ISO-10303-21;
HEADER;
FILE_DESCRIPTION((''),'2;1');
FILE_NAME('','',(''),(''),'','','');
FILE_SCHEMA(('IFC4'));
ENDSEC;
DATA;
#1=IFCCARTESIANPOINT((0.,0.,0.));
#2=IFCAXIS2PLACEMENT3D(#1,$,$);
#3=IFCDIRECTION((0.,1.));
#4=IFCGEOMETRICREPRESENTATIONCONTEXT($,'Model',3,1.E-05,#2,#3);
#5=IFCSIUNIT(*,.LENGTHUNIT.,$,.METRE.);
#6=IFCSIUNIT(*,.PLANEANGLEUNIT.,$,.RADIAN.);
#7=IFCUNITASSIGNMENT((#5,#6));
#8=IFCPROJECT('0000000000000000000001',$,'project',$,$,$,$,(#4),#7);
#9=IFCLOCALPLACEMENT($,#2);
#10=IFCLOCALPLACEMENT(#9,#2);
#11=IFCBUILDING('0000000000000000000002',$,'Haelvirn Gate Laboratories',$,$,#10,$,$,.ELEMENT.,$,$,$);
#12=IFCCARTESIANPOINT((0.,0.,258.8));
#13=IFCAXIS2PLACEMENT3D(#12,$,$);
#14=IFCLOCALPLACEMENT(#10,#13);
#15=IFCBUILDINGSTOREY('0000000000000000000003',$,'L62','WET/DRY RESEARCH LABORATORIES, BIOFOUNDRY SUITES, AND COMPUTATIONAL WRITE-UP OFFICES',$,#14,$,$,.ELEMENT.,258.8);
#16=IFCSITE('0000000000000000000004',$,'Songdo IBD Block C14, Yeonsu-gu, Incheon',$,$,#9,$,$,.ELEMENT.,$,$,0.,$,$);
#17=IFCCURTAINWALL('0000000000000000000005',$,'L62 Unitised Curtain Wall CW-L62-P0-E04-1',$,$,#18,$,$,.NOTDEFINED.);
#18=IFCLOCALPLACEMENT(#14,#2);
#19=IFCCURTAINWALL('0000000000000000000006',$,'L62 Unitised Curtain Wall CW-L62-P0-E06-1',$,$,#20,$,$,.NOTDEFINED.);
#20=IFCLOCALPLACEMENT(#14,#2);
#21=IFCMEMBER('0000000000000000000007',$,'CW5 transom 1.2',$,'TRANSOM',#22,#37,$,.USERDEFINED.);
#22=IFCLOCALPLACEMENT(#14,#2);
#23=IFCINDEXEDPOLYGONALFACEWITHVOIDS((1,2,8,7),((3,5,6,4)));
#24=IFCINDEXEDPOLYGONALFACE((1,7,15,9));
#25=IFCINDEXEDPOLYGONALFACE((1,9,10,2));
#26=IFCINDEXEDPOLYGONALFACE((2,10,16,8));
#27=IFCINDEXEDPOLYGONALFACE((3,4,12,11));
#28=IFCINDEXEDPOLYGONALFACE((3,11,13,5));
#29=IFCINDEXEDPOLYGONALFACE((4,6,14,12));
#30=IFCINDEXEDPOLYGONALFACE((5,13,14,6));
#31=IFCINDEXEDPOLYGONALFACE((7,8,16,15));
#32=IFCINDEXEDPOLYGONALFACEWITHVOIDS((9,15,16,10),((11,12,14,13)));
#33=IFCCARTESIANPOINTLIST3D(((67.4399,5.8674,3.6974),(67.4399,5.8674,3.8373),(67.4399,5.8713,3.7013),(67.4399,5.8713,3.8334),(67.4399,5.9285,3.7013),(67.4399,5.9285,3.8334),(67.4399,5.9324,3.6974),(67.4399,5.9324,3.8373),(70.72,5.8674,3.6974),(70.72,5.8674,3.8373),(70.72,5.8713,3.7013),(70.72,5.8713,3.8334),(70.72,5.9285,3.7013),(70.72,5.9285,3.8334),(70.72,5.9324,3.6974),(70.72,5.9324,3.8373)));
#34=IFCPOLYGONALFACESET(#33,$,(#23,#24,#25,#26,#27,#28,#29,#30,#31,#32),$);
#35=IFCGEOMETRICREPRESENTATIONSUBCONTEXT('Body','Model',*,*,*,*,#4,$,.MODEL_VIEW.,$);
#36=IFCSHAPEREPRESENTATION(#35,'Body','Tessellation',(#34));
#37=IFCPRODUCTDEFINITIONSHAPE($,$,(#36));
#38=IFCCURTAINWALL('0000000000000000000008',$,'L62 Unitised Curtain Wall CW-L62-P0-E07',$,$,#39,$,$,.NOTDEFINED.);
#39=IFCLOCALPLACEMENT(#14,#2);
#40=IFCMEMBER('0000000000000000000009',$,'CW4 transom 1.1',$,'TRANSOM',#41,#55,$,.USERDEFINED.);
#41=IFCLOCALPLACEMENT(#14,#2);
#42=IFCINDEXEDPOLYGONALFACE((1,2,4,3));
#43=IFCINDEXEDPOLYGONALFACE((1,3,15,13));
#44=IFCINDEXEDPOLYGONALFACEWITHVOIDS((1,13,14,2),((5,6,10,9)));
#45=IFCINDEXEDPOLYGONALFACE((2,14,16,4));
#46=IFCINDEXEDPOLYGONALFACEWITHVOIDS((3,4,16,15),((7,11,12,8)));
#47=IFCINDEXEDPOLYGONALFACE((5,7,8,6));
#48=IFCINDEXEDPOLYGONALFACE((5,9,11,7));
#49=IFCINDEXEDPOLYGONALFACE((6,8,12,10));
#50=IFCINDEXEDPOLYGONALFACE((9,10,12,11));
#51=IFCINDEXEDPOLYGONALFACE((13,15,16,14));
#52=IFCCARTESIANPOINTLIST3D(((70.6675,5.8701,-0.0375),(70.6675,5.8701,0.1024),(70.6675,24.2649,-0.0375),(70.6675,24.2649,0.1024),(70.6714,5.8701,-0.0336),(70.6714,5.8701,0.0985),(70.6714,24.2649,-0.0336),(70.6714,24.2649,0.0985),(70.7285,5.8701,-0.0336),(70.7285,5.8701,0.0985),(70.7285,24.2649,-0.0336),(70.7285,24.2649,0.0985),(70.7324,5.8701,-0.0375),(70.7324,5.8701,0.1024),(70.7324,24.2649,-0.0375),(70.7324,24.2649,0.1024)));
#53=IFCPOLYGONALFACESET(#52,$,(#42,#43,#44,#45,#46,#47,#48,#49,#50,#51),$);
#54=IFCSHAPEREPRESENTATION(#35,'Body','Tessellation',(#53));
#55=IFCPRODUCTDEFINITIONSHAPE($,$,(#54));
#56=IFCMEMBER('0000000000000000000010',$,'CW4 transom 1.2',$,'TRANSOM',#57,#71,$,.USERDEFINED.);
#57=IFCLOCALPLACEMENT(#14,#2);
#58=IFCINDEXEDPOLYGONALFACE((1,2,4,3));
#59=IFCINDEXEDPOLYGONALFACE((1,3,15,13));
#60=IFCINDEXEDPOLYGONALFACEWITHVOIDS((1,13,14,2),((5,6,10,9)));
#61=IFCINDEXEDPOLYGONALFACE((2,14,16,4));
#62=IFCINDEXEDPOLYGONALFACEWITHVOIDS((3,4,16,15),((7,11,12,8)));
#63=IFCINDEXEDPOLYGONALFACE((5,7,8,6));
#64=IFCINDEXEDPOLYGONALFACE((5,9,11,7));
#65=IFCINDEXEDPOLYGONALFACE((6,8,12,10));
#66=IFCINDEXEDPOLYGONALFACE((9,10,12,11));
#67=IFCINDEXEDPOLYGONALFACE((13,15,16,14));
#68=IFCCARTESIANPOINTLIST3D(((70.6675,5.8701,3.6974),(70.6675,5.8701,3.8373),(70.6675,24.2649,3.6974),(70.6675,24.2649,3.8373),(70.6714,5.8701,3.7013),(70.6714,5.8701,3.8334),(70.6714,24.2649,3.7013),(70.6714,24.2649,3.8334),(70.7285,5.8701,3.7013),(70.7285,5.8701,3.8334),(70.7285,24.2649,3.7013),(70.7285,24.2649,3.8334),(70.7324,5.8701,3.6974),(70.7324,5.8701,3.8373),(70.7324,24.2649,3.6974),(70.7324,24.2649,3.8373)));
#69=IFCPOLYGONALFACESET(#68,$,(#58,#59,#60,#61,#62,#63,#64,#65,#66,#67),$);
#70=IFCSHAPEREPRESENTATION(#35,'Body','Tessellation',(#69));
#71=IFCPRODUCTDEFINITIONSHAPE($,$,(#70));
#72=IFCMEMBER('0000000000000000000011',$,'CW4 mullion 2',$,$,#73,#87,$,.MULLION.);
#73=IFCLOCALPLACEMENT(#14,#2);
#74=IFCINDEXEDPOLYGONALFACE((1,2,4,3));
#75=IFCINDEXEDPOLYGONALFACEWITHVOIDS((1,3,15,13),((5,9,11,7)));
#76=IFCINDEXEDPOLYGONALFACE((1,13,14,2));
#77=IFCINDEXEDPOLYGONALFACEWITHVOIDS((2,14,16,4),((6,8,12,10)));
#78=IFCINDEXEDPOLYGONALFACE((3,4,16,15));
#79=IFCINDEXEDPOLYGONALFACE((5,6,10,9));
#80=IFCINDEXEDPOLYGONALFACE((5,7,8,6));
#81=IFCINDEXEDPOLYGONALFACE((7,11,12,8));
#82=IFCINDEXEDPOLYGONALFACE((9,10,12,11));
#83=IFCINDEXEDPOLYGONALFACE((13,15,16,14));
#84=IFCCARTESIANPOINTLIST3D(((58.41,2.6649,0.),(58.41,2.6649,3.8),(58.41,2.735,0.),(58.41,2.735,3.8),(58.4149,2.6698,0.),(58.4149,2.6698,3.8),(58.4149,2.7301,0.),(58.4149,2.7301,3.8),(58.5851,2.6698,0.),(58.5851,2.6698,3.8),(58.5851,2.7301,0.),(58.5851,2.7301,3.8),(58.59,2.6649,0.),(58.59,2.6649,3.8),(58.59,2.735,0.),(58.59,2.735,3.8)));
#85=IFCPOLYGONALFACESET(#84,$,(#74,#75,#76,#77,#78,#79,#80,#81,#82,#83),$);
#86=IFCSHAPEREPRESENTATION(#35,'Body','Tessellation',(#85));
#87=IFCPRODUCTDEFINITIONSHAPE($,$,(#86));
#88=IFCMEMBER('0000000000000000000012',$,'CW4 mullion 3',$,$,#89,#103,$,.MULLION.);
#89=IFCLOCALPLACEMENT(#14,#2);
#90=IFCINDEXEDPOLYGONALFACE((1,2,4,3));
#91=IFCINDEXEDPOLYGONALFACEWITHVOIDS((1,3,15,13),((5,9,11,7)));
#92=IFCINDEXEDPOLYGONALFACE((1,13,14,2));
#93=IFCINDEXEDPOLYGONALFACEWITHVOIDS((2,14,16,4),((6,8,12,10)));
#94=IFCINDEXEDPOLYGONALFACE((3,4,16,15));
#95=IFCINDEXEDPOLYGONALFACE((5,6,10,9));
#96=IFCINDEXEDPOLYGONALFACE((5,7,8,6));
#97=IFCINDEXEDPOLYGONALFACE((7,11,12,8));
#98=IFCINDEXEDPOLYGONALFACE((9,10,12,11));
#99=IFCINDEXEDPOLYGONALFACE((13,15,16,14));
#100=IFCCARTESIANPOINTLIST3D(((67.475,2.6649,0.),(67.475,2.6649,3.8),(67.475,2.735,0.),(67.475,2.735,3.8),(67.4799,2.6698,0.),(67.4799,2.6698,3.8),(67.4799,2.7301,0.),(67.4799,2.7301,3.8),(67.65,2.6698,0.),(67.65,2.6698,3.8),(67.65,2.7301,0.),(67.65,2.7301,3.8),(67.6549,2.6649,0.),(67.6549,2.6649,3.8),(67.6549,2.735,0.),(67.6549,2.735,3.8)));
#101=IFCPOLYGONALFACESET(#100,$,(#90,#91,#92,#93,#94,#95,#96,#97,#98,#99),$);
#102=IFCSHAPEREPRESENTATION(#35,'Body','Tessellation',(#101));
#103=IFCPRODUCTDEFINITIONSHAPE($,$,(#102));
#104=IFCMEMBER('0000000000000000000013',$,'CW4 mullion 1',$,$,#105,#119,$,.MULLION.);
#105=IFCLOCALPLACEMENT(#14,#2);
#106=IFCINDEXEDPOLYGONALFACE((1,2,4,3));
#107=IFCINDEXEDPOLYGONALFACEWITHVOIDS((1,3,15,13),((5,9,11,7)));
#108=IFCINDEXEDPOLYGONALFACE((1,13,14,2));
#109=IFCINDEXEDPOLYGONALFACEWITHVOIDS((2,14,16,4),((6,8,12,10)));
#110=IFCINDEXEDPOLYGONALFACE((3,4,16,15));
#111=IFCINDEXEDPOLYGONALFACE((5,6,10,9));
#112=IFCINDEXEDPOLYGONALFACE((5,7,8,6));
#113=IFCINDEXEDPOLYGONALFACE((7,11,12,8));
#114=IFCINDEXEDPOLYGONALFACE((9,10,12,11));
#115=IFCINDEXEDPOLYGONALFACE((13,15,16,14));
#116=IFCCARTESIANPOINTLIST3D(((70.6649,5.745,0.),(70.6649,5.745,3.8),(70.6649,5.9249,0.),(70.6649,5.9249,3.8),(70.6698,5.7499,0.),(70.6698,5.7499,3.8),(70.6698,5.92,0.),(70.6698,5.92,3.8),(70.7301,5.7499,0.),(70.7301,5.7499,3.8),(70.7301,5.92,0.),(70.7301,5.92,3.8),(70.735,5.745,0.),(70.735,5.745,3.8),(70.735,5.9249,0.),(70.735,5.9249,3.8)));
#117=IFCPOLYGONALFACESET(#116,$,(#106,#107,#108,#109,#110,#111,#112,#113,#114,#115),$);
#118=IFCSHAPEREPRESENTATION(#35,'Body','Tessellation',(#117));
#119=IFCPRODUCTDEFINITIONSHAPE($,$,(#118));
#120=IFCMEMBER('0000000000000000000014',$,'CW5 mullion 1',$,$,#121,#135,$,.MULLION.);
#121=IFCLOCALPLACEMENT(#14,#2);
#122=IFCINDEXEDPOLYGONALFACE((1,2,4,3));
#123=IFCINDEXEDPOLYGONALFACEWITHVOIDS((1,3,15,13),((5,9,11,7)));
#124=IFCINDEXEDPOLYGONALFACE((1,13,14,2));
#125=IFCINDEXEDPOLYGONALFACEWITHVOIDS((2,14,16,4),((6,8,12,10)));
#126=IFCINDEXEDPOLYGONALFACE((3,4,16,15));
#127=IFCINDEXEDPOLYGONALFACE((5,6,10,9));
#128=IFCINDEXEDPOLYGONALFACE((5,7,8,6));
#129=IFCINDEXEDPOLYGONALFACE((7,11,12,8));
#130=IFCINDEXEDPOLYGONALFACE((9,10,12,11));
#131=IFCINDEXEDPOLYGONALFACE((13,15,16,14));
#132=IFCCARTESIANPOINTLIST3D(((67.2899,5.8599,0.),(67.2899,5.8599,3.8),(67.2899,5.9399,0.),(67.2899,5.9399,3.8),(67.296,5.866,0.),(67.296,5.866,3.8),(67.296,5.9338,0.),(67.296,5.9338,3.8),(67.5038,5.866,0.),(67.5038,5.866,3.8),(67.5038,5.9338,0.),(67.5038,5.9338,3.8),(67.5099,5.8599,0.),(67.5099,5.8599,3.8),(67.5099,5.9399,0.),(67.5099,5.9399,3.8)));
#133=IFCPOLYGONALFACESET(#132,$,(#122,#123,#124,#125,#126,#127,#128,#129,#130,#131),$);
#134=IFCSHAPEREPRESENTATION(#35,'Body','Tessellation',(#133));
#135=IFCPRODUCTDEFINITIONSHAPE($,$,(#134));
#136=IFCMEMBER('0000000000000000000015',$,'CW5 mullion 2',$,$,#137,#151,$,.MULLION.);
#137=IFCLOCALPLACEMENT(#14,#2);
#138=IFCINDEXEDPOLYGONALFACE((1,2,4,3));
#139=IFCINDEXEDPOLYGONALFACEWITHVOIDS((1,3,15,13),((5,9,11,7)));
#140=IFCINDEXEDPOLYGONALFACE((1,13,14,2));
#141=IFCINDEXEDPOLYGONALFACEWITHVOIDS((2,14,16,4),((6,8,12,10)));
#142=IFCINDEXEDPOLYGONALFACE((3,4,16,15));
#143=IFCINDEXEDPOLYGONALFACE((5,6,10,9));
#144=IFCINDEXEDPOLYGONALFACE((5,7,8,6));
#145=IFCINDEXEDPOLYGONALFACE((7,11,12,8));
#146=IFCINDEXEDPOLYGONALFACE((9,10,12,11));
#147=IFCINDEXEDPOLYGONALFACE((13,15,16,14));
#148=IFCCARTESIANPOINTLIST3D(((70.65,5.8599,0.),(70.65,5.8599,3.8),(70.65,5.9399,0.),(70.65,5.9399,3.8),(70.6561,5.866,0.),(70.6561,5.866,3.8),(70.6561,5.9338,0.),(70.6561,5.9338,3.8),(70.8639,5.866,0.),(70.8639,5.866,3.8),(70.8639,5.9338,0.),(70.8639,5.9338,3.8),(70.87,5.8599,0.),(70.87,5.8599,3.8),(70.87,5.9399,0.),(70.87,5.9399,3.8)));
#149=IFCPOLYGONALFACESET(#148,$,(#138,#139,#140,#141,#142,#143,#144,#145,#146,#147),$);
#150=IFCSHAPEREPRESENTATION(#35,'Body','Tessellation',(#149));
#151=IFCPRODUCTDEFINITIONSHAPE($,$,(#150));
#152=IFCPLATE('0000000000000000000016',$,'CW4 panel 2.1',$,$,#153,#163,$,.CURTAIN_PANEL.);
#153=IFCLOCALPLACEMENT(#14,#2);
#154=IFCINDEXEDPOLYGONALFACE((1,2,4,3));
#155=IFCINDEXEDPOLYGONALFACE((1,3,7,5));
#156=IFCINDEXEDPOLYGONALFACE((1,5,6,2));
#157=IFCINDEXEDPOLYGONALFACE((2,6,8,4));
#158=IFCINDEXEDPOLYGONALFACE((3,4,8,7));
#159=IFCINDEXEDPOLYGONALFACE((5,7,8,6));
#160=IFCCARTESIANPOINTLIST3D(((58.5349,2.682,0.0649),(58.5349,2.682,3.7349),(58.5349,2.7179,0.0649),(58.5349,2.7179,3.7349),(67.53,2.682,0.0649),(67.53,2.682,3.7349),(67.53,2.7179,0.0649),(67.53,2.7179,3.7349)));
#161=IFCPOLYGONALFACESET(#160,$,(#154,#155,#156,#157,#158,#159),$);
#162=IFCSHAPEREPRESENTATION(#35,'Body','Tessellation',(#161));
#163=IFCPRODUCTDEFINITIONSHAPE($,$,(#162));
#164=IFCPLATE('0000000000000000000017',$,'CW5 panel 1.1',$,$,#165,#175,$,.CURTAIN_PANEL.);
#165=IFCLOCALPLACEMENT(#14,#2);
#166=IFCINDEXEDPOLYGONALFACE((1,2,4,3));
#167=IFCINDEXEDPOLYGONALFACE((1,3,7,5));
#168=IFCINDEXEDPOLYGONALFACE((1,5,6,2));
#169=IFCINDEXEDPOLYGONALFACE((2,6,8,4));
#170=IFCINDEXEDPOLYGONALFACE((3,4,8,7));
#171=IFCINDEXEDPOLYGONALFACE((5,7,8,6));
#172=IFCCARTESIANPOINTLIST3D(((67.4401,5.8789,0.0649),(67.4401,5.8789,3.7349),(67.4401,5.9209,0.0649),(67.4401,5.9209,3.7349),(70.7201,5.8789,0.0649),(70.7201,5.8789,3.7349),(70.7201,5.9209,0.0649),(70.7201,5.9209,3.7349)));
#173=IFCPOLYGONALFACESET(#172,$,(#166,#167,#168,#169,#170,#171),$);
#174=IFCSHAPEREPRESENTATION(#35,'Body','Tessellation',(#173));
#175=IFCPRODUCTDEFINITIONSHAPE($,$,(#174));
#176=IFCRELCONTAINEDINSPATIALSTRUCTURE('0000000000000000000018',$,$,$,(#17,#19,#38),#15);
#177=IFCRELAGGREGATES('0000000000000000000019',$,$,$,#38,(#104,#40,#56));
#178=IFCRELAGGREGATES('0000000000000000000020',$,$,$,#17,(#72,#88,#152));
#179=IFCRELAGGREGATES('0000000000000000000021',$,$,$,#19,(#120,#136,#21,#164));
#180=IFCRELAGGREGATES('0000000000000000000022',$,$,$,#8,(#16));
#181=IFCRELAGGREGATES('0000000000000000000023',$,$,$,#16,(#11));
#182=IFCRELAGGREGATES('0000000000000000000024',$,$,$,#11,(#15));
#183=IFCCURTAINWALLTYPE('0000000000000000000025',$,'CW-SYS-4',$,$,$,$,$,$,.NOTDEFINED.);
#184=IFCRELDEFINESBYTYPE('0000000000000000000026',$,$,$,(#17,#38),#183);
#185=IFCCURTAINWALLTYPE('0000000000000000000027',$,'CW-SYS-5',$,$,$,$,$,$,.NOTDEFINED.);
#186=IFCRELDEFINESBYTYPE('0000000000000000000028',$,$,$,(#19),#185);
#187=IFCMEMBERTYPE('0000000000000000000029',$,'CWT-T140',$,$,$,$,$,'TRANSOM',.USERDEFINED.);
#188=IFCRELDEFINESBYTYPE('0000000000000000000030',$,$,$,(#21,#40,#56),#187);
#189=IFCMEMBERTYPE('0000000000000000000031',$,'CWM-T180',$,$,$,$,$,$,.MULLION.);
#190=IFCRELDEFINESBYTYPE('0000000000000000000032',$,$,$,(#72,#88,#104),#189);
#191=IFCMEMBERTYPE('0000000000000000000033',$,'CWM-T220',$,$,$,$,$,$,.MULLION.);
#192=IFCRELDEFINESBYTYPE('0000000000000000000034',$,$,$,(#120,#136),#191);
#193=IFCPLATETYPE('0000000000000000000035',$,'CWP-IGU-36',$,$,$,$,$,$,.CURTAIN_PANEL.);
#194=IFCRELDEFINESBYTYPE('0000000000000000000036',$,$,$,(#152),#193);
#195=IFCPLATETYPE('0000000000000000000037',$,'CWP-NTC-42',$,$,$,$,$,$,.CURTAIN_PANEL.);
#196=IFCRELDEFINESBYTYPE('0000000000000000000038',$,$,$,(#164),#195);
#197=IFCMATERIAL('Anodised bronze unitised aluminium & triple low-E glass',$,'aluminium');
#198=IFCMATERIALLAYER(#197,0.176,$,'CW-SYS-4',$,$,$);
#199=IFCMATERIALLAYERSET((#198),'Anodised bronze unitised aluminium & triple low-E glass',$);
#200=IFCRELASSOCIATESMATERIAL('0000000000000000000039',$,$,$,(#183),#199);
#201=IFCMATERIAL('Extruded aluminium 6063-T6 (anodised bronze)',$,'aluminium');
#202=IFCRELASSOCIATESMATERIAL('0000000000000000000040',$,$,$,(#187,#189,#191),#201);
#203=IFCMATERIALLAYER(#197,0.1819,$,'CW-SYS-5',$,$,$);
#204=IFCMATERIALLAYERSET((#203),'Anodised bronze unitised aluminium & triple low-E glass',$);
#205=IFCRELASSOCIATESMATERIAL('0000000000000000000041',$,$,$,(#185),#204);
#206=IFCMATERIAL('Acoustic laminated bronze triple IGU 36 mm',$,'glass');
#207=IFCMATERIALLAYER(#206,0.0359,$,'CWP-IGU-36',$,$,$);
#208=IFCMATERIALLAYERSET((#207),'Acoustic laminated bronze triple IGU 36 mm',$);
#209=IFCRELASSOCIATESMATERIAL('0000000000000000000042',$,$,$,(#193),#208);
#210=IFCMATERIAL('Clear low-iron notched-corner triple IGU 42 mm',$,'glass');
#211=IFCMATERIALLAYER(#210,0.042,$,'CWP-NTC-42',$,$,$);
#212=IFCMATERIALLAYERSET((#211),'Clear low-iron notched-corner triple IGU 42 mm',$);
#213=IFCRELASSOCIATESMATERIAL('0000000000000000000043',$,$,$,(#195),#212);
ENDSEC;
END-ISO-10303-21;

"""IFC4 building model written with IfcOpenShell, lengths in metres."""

from ifc_helpers import new_model, si_unit, direction, frame, origin, origin_2d, place, context, subcontext, project, spatial, rectangle, hollow_rectangle, extrude, source, transform, mapped, material, layer, layer_set, material_profile, profile_set, type_object, type_shapes, element, aggregate, save


model = new_model("IFC4")

# Units and contexts
model_context = context("Model", 3, precision=1e-05, world=origin(), true_north=direction((0.0, 1.0)))
body_context = subcontext(model_context, "Body", "Model", "MODEL_VIEW")
ifc_project = project(units=[si_unit("LENGTHUNIT", "METRE"), si_unit("PLANEANGLEUNIT", "RADIAN")], contexts=[model_context])

# Site, building, storey
site_placement = place(None, origin())
site = spatial("IfcSite", under=ifc_project, at=site_placement, Name="Songdo IBD Block C14, Yeonsu-gu, Incheon", CompositionType="ELEMENT", RefElevation=0.0)
building_placement = place(site_placement, origin())
building = spatial("IfcBuilding", under=site, at=building_placement, Name="Haelvirn Gate Laboratories", CompositionType="ELEMENT")
storey_placement = place(building_placement, frame((0.0, 0.0, 258.8)))
storey = spatial("IfcBuildingStorey", under=building, at=storey_placement, Name="L62", Description="WET/DRY RESEARCH LABORATORIES, BIOFOUNDRY SUITES, AND COMPUTATIONAL WRITE-UP OFFICES", CompositionType="ELEMENT", Elevation=258.8)

# Curtain walls, members
ifc_material_1 = material(Name="Anodised bronze unitised aluminium & triple low-E glass", Category="aluminium")
ifc_layer_1 = layer(ifc_material_1, 0.176, Name="CW-SYS-4")
ifc_layer_set_1 = layer_set([ifc_layer_1], Name="Anodised bronze unitised aluminium & triple low-E glass")
curtain_wall_type_1 = type_object("IfcCurtainWallType", Name="CW-SYS-4", PredefinedType="NOTDEFINED", material=ifc_layer_set_1)
curtain_wall_1_placement = place(storey_placement, origin())
curtain_wall_1 = element("IfcCurtainWall", 1, at=curtain_wall_1_placement, inside=storey, type_object=curtain_wall_type_1, Name="L62 Unitised Curtain Wall CW-L62-P0-E04-1", PredefinedType="NOTDEFINED")
ifc_material_2 = material(Name="Extruded aluminium 6063-T6 (anodised bronze)", Category="aluminium")
ifc_material_profile_1 = material_profile(ifc_material_2, hollow_rectangle(XDim=0.0649, YDim=0.1399, WallThickness=0.0039, at=origin_2d()), Name="CWT-140x65x4")
ifc_profile_set_1 = profile_set([ifc_material_profile_1], Name="Extruded aluminium 6063-T6 (anodised bronze)")
member_type_1 = type_object("IfcMemberType", Name="CWT-T140", ElementType="TRANSOM", PredefinedType="USERDEFINED", material=ifc_profile_set_1)
ifc_layer_2 = layer(ifc_material_1, 0.1819, Name="CW-SYS-5")
ifc_layer_set_2 = layer_set([ifc_layer_2], Name="Anodised bronze unitised aluminium & triple low-E glass")
curtain_wall_type_2 = type_object("IfcCurtainWallType", Name="CW-SYS-5", PredefinedType="NOTDEFINED", material=ifc_layer_set_2)
curtain_wall_2_placement = place(storey_placement, origin())
curtain_wall_2 = element("IfcCurtainWall", 2, at=curtain_wall_2_placement, inside=storey, type_object=curtain_wall_type_2, Name="L62 Unitised Curtain Wall CW-L62-P0-E06-1", PredefinedType="NOTDEFINED")
shared_shape_1 = source(origin(), body_context, "Body", "SweptSolid", [
    extrude(hollow_rectangle(XDim=0.0649, YDim=0.1399, WallThickness=0.0039, at=origin_2d()), origin(), (0.0, 0.0, 1.0), 3.28),
])
member_1_placement = place(storey_placement, frame((67.4399, 5.8999, 3.7673), z_axis=(1.0, 0.0, 0.0), x_axis=(0.0, 1.0, 0.0)))
member_1 = element("IfcMember", 3, at=member_1_placement, type_object=member_type_1, Name="CW5 transom 1.2", ObjectType="TRANSOM", PredefinedType="USERDEFINED", context=body_context, shape_type="MappedRepresentation", body=[
    mapped(shared_shape_1, transform((0.0, 0.0, 0.0), scale=1.0)),
])
curtain_wall_3_placement = place(storey_placement, origin())
curtain_wall_3 = element("IfcCurtainWall", 4, at=curtain_wall_3_placement, inside=storey, type_object=curtain_wall_type_1, Name="L62 Unitised Curtain Wall CW-L62-P0-E07", PredefinedType="NOTDEFINED")
shared_shape_2 = source(origin(), body_context, "Body", "SweptSolid", [
    extrude(hollow_rectangle(XDim=0.0649, YDim=0.1399, WallThickness=0.0039, at=origin_2d()), origin(), (0.0, 0.0, 1.0), 18.3948),
])
member_2_placement = place(storey_placement, frame((70.7, 5.8701, 0.0325), z_axis=(0.0, 1.0, 0.0), x_axis=(-1.0, 0.0, 0.0)))
member_2 = element("IfcMember", 5, at=member_2_placement, type_object=member_type_1, Name="CW4 transom 1.1", ObjectType="TRANSOM", PredefinedType="USERDEFINED", context=body_context, shape_type="MappedRepresentation", body=[
    mapped(shared_shape_2, transform((0.0, 0.0, 0.0), scale=1.0)),
])
member_3_placement = place(storey_placement, frame((70.7, 5.8701, 3.7673), z_axis=(0.0, 1.0, 0.0), x_axis=(-1.0, 0.0, 0.0)))
member_3 = element("IfcMember", 6, at=member_3_placement, type_object=member_type_1, Name="CW4 transom 1.2", ObjectType="TRANSOM", PredefinedType="USERDEFINED", context=body_context, shape_type="MappedRepresentation", body=[
    mapped(shared_shape_2, transform((0.0, 0.0, 0.0), scale=1.0)),
])

# Members
ifc_material_profile_2 = material_profile(ifc_material_2, hollow_rectangle(XDim=0.0701, YDim=0.1799, WallThickness=0.0049, at=origin_2d()), Name="CWM-180x70x5")
ifc_profile_set_2 = profile_set([ifc_material_profile_2], Name="Extruded aluminium 6063-T6 (anodised bronze)")
member_type_2 = type_object("IfcMemberType", Name="CWM-T180", PredefinedType="MULLION", material=ifc_profile_set_2)
shared_shape_3 = source(origin(), body_context, "Body", "SweptSolid", [
    extrude(hollow_rectangle(XDim=0.0701, YDim=0.1799, WallThickness=0.0049, at=origin_2d()), origin(), (0.0, 0.0, 1.0), 3.8),
])
type_shapes(member_type_2, [shared_shape_3])
member_4_placement = place(storey_placement, frame((58.5, 2.7, 0.0), z_axis=(0.0, 0.0, 1.0), x_axis=(0.0, 1.0, 0.0)))
member_4 = element("IfcMember", 7, at=member_4_placement, type_object=member_type_2, Name="CW4 mullion 2", PredefinedType="MULLION", context=body_context, shape_type="MappedRepresentation", body=[
    mapped(shared_shape_3, transform((0.0, 0.0, 0.0), scale=1.0)),
])
member_5_placement = place(storey_placement, frame((67.5649, 2.7, 0.0), z_axis=(0.0, 0.0, 1.0), x_axis=(0.0, 1.0, 0.0)))
member_5 = element("IfcMember", 8, at=member_5_placement, type_object=member_type_2, Name="CW4 mullion 3", PredefinedType="MULLION", context=body_context, shape_type="MappedRepresentation", body=[
    mapped(shared_shape_3, transform((0.0, 0.0, 0.0), scale=1.0)),
])
member_6_placement = place(storey_placement, frame((70.7, 5.835, 0.0), z_axis=(0.0, 0.0, 1.0), x_axis=(-1.0, 0.0, 0.0)))
member_6 = element("IfcMember", 9, at=member_6_placement, type_object=member_type_2, Name="CW4 mullion 1", PredefinedType="MULLION", context=body_context, shape_type="MappedRepresentation", body=[
    mapped(shared_shape_3, transform((0.0, 0.0, 0.0), scale=1.0)),
])
aggregate(curtain_wall_3, [member_6, member_2, member_3])
ifc_material_profile_3 = material_profile(ifc_material_2, hollow_rectangle(XDim=0.0801, YDim=0.22, WallThickness=0.0061, at=origin_2d()), Name="CWM-220x80x6")
ifc_profile_set_3 = profile_set([ifc_material_profile_3], Name="Extruded aluminium 6063-T6 (anodised bronze)")
member_type_3 = type_object("IfcMemberType", Name="CWM-T220", PredefinedType="MULLION", material=ifc_profile_set_3)
shared_shape_4 = source(origin(), body_context, "Body", "SweptSolid", [
    extrude(hollow_rectangle(XDim=0.0801, YDim=0.22, WallThickness=0.0061, at=origin_2d()), origin(), (0.0, 0.0, 1.0), 3.8),
])
type_shapes(member_type_3, [shared_shape_4])
member_7_placement = place(storey_placement, frame((67.3999, 5.8999, 0.0), z_axis=(0.0, 0.0, 1.0), x_axis=(0.0, 1.0, 0.0)))
member_7 = element("IfcMember", 10, at=member_7_placement, type_object=member_type_3, Name="CW5 mullion 1", PredefinedType="MULLION", context=body_context, shape_type="MappedRepresentation", body=[
    mapped(shared_shape_4, transform((0.0, 0.0, 0.0), scale=1.0)),
])
member_8_placement = place(storey_placement, frame((70.76, 5.8999, 0.0), z_axis=(0.0, 0.0, 1.0), x_axis=(0.0, 1.0, 0.0)))
member_8 = element("IfcMember", 11, at=member_8_placement, type_object=member_type_3, Name="CW5 mullion 2", PredefinedType="MULLION", context=body_context, shape_type="MappedRepresentation", body=[
    mapped(shared_shape_4, transform((0.0, 0.0, 0.0), scale=1.0)),
])

# Plates
ifc_material_3 = material(Name="Acoustic laminated bronze triple IGU 36 mm", Category="glass")
ifc_layer_3 = layer(ifc_material_3, 0.0359, Name="CWP-IGU-36")
ifc_layer_set_3 = layer_set([ifc_layer_3], Name="Acoustic laminated bronze triple IGU 36 mm")
plate_type_1 = type_object("IfcPlateType", Name="CWP-IGU-36", PredefinedType="CURTAIN_PANEL", material=ifc_layer_set_3)
shared_shape_5 = source(origin(), body_context, "Body", "SweptSolid", [
    extrude(rectangle(XDim=8.9951, YDim=0.0359, at=origin_2d()), origin(), (0.0, 0.0, 1.0), 3.6699),
])
type_shapes(plate_type_1, [shared_shape_5])
plate_1_placement = place(storey_placement, frame((63.0325, 2.7, 0.0649), z_axis=(0.0, 0.0, 1.0), x_axis=(1.0, 0.0, 0.0)))
plate_1 = element("IfcPlate", 12, at=plate_1_placement, type_object=plate_type_1, Name="CW4 panel 2.1", PredefinedType="CURTAIN_PANEL", context=body_context, shape_type="MappedRepresentation", body=[
    mapped(shared_shape_5, transform((0.0, 0.0, 0.0), scale=1.0)),
])
aggregate(curtain_wall_1, [member_4, member_5, plate_1])
ifc_material_4 = material(Name="Clear low-iron notched-corner triple IGU 42 mm", Category="glass")
ifc_layer_4 = layer(ifc_material_4, 0.042, Name="CWP-NTC-42")
ifc_layer_set_4 = layer_set([ifc_layer_4], Name="Clear low-iron notched-corner triple IGU 42 mm")
plate_type_2 = type_object("IfcPlateType", Name="CWP-NTC-42", PredefinedType="CURTAIN_PANEL", material=ifc_layer_set_4)
shared_shape_6 = source(origin(), body_context, "Body", "SweptSolid", [
    extrude(rectangle(XDim=3.28, YDim=0.042, at=origin_2d()), origin(), (0.0, 0.0, 1.0), 3.6699),
])
type_shapes(plate_type_2, [shared_shape_6])
plate_2_placement = place(storey_placement, frame((69.0801, 5.8999, 0.0649), z_axis=(0.0, 0.0, 1.0), x_axis=(1.0, 0.0, 0.0)))
plate_2 = element("IfcPlate", 13, at=plate_2_placement, type_object=plate_type_2, Name="CW5 panel 1.1", PredefinedType="CURTAIN_PANEL", context=body_context, shape_type="MappedRepresentation", body=[
    mapped(shared_shape_6, transform((0.0, 0.0, 0.0), scale=1.0)),
])
aggregate(curtain_wall_2, [member_7, member_8, member_1, plate_2])

save(model, "model.ifc")
